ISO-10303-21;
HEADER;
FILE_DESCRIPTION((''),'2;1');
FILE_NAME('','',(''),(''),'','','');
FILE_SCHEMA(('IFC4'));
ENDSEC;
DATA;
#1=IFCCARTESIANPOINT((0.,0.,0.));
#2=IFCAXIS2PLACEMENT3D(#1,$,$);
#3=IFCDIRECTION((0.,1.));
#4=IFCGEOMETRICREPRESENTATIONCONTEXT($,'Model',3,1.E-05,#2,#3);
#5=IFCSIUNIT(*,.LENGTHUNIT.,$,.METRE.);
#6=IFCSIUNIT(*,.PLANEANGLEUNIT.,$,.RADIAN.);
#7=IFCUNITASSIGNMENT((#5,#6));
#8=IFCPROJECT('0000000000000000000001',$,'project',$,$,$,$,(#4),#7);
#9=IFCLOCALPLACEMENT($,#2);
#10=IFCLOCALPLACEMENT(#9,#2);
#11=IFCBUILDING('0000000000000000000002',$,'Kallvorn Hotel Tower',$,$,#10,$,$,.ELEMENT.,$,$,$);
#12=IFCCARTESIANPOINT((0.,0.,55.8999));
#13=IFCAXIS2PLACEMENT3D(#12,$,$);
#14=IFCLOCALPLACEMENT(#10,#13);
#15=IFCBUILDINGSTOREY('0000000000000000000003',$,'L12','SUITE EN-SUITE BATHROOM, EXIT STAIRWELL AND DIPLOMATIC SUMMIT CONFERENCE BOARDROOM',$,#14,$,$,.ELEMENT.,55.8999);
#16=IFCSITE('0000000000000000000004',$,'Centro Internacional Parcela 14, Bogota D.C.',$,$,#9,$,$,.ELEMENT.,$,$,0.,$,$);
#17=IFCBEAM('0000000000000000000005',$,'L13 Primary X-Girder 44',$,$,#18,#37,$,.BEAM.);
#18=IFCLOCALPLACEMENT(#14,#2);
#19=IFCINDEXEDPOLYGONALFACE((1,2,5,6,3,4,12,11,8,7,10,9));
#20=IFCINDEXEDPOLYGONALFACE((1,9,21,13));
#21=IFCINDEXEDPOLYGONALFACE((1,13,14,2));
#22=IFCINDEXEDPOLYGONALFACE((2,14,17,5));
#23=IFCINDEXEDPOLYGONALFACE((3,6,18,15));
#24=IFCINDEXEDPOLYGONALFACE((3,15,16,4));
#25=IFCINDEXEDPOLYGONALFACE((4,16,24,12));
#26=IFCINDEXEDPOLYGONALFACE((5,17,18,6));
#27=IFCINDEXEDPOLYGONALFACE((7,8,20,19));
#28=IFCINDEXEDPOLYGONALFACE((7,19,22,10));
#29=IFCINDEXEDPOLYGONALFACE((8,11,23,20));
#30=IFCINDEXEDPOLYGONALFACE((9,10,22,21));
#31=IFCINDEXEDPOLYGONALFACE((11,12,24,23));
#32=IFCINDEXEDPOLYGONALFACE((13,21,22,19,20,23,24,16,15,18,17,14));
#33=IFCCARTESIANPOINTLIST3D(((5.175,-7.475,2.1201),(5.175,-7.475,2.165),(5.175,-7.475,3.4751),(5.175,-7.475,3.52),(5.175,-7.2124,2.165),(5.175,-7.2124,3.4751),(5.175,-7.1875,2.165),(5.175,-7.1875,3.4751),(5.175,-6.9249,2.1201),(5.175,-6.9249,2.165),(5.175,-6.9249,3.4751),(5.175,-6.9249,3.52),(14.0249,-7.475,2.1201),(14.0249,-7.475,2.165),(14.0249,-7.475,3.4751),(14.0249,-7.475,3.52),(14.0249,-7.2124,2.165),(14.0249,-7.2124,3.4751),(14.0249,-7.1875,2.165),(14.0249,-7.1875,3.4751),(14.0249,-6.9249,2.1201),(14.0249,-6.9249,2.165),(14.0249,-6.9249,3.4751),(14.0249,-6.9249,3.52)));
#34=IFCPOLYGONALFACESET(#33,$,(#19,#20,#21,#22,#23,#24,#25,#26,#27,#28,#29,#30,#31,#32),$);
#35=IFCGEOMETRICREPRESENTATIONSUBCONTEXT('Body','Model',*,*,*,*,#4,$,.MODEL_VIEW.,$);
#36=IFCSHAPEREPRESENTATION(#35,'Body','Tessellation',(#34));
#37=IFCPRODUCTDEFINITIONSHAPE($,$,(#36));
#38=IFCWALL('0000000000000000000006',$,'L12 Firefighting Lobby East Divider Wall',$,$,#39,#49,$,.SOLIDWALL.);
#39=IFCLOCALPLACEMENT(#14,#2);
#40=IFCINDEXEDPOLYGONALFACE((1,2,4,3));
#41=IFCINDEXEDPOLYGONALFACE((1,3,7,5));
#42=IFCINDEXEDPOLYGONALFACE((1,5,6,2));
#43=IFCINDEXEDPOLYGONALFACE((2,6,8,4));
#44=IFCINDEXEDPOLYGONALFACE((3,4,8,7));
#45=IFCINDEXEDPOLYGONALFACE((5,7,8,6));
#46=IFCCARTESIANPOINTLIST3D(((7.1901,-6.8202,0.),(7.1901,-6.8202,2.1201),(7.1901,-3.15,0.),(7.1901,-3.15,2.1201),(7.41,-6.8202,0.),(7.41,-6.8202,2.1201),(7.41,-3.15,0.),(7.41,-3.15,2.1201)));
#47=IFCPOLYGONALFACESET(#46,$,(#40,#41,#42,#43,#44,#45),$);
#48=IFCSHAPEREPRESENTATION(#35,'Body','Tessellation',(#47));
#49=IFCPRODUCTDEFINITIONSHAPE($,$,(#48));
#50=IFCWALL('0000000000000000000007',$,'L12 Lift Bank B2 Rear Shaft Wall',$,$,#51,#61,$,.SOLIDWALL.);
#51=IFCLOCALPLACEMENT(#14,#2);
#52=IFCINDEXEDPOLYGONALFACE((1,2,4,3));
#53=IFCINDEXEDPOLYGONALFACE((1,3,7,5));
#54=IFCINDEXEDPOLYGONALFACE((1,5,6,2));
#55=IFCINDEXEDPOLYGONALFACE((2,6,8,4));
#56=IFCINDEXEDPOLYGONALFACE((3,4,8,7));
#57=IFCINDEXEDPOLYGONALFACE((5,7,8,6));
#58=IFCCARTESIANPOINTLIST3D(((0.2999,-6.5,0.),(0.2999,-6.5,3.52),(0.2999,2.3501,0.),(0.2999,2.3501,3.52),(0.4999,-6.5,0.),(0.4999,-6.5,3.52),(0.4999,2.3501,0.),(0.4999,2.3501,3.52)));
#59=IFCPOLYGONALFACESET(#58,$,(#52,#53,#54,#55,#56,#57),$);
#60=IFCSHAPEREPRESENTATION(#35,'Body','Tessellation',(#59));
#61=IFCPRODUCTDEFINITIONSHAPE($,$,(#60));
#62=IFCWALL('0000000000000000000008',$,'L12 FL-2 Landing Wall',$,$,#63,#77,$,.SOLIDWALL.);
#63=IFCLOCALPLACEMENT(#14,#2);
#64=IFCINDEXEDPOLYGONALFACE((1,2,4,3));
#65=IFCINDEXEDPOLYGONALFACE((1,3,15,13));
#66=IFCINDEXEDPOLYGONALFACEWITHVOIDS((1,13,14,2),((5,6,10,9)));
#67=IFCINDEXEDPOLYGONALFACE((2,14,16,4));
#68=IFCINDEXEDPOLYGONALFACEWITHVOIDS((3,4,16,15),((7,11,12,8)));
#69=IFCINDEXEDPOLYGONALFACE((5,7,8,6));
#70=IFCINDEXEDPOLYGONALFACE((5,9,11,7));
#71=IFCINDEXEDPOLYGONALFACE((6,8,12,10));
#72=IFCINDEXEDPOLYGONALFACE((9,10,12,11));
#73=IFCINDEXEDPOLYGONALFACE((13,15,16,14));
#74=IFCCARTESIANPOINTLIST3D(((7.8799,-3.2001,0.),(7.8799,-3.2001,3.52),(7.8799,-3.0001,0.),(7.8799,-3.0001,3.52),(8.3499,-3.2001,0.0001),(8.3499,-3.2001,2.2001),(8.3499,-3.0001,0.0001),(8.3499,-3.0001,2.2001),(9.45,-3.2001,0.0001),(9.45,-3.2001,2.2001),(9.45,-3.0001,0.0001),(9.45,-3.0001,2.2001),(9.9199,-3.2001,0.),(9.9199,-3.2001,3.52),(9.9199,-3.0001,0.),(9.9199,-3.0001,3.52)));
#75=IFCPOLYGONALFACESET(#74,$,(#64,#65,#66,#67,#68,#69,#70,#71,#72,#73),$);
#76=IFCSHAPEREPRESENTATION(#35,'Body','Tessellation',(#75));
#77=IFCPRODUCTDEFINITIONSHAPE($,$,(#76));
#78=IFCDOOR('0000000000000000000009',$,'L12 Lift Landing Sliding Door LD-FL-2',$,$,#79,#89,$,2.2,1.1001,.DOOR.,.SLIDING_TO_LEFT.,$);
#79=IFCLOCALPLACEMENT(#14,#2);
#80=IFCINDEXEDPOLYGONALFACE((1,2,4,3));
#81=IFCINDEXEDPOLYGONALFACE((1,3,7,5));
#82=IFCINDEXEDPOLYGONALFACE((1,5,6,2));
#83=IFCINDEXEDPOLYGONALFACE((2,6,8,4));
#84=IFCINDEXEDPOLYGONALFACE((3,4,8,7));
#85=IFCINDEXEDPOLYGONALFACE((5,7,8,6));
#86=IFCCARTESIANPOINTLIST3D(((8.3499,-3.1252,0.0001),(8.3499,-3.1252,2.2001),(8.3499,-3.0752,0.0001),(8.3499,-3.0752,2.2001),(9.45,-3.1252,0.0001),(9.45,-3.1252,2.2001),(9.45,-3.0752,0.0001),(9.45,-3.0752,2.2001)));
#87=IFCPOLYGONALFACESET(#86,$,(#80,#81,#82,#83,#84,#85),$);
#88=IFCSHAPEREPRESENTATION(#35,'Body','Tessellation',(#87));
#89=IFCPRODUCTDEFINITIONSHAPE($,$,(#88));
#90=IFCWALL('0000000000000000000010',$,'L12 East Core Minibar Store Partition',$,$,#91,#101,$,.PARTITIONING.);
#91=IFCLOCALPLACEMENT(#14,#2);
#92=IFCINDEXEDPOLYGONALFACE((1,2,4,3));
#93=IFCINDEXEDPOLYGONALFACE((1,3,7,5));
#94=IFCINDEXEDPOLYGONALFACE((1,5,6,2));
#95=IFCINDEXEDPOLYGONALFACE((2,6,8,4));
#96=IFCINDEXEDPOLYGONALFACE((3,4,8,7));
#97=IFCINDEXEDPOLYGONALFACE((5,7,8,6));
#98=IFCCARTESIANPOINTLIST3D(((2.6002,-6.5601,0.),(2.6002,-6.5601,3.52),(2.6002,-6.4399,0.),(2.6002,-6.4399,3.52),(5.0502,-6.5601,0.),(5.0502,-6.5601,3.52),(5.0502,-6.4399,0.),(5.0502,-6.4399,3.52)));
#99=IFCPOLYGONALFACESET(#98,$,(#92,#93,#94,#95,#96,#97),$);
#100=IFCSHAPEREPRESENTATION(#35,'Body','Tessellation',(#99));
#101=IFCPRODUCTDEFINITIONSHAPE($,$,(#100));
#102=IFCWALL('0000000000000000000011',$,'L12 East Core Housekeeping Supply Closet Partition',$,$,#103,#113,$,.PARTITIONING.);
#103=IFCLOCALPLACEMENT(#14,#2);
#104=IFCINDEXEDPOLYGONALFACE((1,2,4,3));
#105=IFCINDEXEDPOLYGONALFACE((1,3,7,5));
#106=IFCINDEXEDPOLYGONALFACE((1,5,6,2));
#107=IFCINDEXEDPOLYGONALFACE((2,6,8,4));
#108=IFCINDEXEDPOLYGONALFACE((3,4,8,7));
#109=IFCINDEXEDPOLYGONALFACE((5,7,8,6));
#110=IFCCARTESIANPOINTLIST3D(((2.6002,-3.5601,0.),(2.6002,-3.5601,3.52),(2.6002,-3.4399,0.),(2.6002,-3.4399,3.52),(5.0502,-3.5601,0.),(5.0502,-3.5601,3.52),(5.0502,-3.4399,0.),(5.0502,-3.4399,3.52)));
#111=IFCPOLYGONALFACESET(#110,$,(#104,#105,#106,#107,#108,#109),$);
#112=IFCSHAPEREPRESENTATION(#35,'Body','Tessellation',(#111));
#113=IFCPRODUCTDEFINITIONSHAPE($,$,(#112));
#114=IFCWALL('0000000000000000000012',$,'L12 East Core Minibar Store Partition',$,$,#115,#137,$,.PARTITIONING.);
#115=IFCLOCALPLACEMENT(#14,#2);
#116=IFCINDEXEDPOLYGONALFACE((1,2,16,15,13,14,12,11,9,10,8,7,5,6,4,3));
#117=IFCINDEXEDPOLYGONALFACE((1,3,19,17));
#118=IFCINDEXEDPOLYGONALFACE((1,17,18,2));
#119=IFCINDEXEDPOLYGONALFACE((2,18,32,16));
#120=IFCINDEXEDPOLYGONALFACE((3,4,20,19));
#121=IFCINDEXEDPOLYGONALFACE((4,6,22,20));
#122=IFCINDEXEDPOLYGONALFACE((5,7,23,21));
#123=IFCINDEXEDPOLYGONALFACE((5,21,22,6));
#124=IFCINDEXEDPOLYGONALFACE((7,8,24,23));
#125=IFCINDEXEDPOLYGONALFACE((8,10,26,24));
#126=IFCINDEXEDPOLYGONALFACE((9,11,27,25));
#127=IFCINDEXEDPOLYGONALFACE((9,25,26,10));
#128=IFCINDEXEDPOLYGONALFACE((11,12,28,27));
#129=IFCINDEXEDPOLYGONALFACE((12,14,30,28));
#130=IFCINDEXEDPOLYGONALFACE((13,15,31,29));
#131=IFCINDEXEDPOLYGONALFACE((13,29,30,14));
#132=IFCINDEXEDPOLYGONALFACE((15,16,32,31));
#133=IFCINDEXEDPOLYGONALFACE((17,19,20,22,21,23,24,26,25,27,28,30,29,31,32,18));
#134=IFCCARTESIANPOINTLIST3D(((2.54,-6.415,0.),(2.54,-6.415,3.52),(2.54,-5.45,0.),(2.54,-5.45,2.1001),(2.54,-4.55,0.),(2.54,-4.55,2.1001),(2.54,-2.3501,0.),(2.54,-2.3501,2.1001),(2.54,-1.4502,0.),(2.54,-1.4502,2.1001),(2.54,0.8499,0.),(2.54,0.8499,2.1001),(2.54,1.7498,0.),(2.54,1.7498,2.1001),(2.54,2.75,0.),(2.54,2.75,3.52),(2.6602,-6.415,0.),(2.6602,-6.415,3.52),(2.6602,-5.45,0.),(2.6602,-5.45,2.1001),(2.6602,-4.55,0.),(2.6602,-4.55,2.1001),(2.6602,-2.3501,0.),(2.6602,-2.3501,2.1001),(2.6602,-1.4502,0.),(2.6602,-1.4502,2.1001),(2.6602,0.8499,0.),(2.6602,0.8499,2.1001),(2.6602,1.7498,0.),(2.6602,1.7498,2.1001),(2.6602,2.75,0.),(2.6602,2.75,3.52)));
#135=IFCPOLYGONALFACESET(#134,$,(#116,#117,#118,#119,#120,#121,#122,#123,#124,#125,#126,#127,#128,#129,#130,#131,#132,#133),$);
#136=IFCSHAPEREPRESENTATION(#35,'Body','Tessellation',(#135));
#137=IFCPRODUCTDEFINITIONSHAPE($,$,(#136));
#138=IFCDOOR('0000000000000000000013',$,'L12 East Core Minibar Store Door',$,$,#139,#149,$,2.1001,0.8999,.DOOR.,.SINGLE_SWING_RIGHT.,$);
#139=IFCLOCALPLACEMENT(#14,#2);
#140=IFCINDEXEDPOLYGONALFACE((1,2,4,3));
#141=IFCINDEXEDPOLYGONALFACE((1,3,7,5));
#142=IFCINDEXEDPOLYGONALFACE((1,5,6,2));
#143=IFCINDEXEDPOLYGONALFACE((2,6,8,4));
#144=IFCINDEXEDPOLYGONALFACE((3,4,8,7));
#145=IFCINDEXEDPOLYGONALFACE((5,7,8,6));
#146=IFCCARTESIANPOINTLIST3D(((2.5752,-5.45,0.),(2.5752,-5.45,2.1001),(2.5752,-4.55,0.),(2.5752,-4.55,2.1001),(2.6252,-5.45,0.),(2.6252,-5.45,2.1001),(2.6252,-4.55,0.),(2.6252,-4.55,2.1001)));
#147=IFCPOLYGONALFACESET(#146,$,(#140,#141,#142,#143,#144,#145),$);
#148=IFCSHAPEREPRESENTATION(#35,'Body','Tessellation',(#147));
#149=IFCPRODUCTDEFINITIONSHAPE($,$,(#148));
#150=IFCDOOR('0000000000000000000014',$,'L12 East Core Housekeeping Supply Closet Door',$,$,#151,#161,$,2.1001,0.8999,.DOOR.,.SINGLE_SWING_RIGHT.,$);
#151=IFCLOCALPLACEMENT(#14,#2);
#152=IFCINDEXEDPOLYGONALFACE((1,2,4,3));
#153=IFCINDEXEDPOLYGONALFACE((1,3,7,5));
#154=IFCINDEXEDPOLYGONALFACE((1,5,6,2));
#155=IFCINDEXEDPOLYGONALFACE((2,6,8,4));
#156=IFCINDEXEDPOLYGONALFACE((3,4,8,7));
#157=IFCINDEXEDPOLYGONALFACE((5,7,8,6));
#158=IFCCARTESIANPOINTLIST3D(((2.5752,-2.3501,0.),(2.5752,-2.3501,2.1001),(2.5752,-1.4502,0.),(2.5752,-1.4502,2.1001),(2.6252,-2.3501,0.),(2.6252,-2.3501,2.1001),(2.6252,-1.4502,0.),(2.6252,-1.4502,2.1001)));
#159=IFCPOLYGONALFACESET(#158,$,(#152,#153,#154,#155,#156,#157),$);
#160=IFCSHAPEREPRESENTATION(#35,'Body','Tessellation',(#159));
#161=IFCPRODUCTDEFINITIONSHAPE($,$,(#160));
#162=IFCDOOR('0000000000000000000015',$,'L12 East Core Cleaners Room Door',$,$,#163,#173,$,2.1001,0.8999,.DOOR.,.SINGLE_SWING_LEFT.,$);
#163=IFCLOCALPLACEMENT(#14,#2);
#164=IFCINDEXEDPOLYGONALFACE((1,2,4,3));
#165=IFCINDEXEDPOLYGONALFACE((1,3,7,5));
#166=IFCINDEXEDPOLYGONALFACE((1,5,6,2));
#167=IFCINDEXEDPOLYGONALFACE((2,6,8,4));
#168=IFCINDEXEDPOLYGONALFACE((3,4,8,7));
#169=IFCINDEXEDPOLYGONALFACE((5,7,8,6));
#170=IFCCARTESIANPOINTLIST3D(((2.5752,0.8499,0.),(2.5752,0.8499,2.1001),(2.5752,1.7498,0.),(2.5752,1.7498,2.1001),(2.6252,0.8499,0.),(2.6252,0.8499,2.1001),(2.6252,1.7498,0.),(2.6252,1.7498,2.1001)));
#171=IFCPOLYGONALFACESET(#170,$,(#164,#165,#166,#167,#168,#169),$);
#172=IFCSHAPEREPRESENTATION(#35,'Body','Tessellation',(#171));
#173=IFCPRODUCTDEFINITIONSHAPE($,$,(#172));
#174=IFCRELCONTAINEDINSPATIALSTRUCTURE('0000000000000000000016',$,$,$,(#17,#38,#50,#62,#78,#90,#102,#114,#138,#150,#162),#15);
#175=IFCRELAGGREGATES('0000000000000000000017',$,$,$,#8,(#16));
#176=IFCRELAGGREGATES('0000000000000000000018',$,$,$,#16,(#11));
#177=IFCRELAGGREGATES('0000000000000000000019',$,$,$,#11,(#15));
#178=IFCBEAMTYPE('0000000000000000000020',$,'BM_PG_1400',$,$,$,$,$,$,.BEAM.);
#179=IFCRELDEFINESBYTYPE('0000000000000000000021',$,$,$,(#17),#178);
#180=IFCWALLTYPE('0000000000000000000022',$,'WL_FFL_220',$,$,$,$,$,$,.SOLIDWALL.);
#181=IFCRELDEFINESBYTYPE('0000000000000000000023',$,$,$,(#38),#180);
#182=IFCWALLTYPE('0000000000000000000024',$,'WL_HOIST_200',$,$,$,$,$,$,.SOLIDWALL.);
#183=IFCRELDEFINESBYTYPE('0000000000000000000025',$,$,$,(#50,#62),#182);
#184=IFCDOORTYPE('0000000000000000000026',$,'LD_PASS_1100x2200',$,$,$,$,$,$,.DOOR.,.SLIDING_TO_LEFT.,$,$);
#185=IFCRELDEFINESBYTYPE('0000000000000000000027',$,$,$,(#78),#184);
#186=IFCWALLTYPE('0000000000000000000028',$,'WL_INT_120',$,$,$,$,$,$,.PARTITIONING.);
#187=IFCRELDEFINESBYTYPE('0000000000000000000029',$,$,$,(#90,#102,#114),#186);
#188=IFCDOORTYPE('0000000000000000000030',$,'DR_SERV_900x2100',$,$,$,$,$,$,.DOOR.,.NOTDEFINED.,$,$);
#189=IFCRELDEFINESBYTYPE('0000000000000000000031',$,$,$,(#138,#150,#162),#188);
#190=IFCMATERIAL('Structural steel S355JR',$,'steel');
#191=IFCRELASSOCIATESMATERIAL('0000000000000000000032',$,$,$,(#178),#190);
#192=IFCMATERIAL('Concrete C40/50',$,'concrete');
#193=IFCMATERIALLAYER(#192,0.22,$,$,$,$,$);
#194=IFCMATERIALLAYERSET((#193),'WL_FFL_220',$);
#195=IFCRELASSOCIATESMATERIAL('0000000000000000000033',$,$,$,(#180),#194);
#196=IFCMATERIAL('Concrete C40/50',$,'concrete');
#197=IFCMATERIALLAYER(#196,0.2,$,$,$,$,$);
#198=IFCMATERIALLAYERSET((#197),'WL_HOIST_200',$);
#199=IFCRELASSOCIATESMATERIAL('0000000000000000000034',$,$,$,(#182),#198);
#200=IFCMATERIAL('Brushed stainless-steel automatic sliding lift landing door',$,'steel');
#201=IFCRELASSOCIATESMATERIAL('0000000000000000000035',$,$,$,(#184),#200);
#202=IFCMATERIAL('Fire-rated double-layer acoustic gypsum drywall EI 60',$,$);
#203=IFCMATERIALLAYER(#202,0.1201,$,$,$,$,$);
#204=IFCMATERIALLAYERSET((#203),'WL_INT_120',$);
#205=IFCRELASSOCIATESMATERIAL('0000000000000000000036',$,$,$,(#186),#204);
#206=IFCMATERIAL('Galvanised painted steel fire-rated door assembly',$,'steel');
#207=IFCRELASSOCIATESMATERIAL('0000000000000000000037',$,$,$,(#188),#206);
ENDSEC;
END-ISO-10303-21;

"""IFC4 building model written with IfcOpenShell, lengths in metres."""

from ifc_helpers import new_model, si_unit, direction, frame, frame_2d, origin, origin_2d, place, context, subcontext, project, spatial, rectangle, i_section, extrude, material, layer, layer_set, material_profile, profile_set, type_object, element, fill, save


model = new_model("IFC4")

# Units and contexts
model_context = context("Model", 3, precision=1e-05, world=origin(), true_north=direction((0.0, 1.0)))
body_context = subcontext(model_context, "Body", "Model", "MODEL_VIEW")
ifc_project = project(units=[si_unit("LENGTHUNIT", "METRE"), si_unit("PLANEANGLEUNIT", "RADIAN")], contexts=[model_context])

# Site, building, storey
site_placement = place(None, origin())
site = spatial("IfcSite", under=ifc_project, at=site_placement, Name="Centro Internacional Parcela 14, Bogota D.C.", CompositionType="ELEMENT", RefElevation=0.0)
building_placement = place(site_placement, origin())
building = spatial("IfcBuilding", under=site, at=building_placement, Name="Kallvorn Hotel Tower", CompositionType="ELEMENT")
storey_placement = place(building_placement, frame((0.0, 0.0, 55.8999)))
storey = spatial("IfcBuildingStorey", under=building, at=storey_placement, Name="L12", Description="SUITE EN-SUITE BATHROOM, EXIT STAIRWELL AND DIPLOMATIC SUMMIT CONFERENCE BOARDROOM", CompositionType="ELEMENT", Elevation=55.8999)

# Beam
ifc_material_1 = material(Name="Structural steel S355JR", Category="steel")
ifc_material_profile_1 = material_profile(ifc_material_1, i_section(OverallWidth=0.55, OverallDepth=1.3999, WebThickness=0.0249, FlangeThickness=0.0449, at=origin_2d()), Name="PG 1400x550x25x45")
ifc_profile_set_1 = profile_set([ifc_material_profile_1], Name="Structural steel S355JR")
beam_type_1 = type_object("IfcBeamType", Name="BM_PG_1400", PredefinedType="BEAM", material=ifc_profile_set_1)
beam_1_placement = place(storey_placement, frame((5.175, -7.2, 2.8201), z_axis=(1.0, 0.0, 0.0), x_axis=(0.0, 1.0, 0.0)))
element("IfcBeam", 1, at=beam_1_placement, inside=storey, type_object=beam_type_1, Name="L13 Primary X-Girder 44", PredefinedType="BEAM", context=body_context, shape_type="SweptSolid", body=[
    extrude(i_section(OverallWidth=0.55, OverallDepth=1.3999, WebThickness=0.0249, FlangeThickness=0.0449, at=origin_2d()), origin(), (0.0, 0.0, 1.0), 8.8499),
])

# Walls
ifc_material_2 = material(Name="Concrete C40/50", Category="concrete")
ifc_layer_1 = layer(ifc_material_2, 0.22)
ifc_layer_set_1 = layer_set([ifc_layer_1], Name="WL_FFL_220")
wall_type_1 = type_object("IfcWallType", Name="WL_FFL_220", PredefinedType="SOLIDWALL", material=ifc_layer_set_1)
wall_1_placement = place(storey_placement, frame((7.3, -6.8201, 0.0), z_axis=(0.0, 0.0, 1.0), x_axis=(0.0, 1.0, 0.0)))
element("IfcWall", 2, at=wall_1_placement, inside=storey, type_object=wall_type_1, Name="L12 Firefighting Lobby East Divider Wall", PredefinedType="SOLIDWALL", context=body_context, shape_type="SweptSolid", body=[
    extrude(rectangle(XDim=3.6702, YDim=0.22, at=frame_2d((1.835, 0.0))), origin(), (0.0, 0.0, 1.0), 2.1201),
])
ifc_material_3 = material(Name="Concrete C40/50", Category="concrete")
ifc_layer_2 = layer(ifc_material_3, 0.2)
ifc_layer_set_2 = layer_set([ifc_layer_2], Name="WL_HOIST_200")
wall_type_2 = type_object("IfcWallType", Name="WL_HOIST_200", PredefinedType="SOLIDWALL", material=ifc_layer_set_2)
wall_2_placement = place(storey_placement, frame((0.3999, -6.5, 0.0), z_axis=(0.0, 0.0, 1.0), x_axis=(0.0, 1.0, 0.0)))
element("IfcWall", 3, at=wall_2_placement, inside=storey, type_object=wall_type_2, Name="L12 Lift Bank B2 Rear Shaft Wall", PredefinedType="SOLIDWALL", context=body_context, shape_type="SweptSolid", body=[
    extrude(rectangle(XDim=8.8501, YDim=0.2, at=frame_2d((4.425, 0.0))), origin(), (0.0, 0.0, 1.0), 3.52),
])

# Wall, opening, door
wall_3_placement = place(storey_placement, frame((7.8799, -3.1001, 0.0), z_axis=(0.0, 0.0, 1.0), x_axis=(1.0, 0.0, 0.0)))
wall_3 = element("IfcWall", 4, at=wall_3_placement, inside=storey, type_object=wall_type_2, Name="L12 FL-2 Landing Wall", PredefinedType="SOLIDWALL", context=body_context, shape_type="SweptSolid", body=[
    extrude(rectangle(XDim=2.04, YDim=0.2, at=frame_2d((1.02, 0.0))), origin(), (0.0, 0.0, 1.0), 3.52),
])
opening_1_placement = place(wall_3_placement, frame((0.47, 0.0, 0.0)))
opening_1 = element("IfcOpeningElement", 5, at=opening_1_placement, cuts=wall_3, PredefinedType="OPENING", context=body_context, shape_type="SweptSolid", body=[
    extrude(rectangle(XDim=1.1001, YDim=2.2, at=frame_2d((0.55, 1.1001))), frame((0.0, 0.115, 0.0), z_axis=(0.0, -1.0, 0.0), x_axis=(1.0, 0.0, 0.0)), (0.0, 0.0, 1.0), 0.23),
])
ifc_material_4 = material(Name="Brushed stainless-steel automatic sliding lift landing door", Category="steel")
door_type_1 = type_object("IfcDoorType", Name="LD_PASS_1100x2200", OperationType="SLIDING_TO_LEFT", PredefinedType="DOOR", material=ifc_material_4)
door_1_placement = place(opening_1_placement, origin())
door_1 = element("IfcDoor", 6, at=door_1_placement, inside=storey, type_object=door_type_1, Name="L12 Lift Landing Sliding Door LD-FL-2", OperationType="SLIDING_TO_LEFT", OverallHeight=2.2, OverallWidth=1.1001, PredefinedType="DOOR", context=body_context, shape_type="SweptSolid", body=[
    extrude(rectangle(XDim=1.1001, YDim=2.2, at=frame_2d((0.55, 1.1001))), frame((0.0, 0.0249, 0.0), z_axis=(0.0, -1.0, 0.0), x_axis=(1.0, 0.0, 0.0)), (0.0, 0.0, 1.0), 0.05),
])
fill(opening_1, door_1)

# Walls
ifc_material_5 = material(Name="Fire-rated double-layer acoustic gypsum drywall EI 60")
ifc_layer_3 = layer(ifc_material_5, 0.1201)
ifc_layer_set_3 = layer_set([ifc_layer_3], Name="WL_INT_120")
wall_type_3 = type_object("IfcWallType", Name="WL_INT_120", PredefinedType="PARTITIONING", material=ifc_layer_set_3)
for number, where, z_axis, x_axis, name in (
    (7, (2.6001, -6.5, 0.0), (0.0, 0.0, 1.0), (1.0, 0.0, 0.0), "L12 East Core Minibar Store Partition"),
    (8, (2.6001, -3.5, 0.0), (0.0, 0.0, 1.0), (1.0, 0.0, 0.0), "L12 East Core Housekeeping Supply Closet Partition"),
):
    element("IfcWall", number, at=place(storey_placement, frame(where, z_axis=z_axis, x_axis=x_axis)), inside=storey, type_object=wall_type_3, Name=name, PredefinedType="PARTITIONING", context=body_context, shape_type="SweptSolid", body=[
        extrude(rectangle(XDim=2.45, YDim=0.1201, at=frame_2d((1.2251, 0.0))), origin(), (0.0, 0.0, 1.0), 3.52),
    ])

# Wall, openings, doors
wall_4_placement = place(storey_placement, frame((2.6001, -6.415, 0.0), z_axis=(0.0, 0.0, 1.0), x_axis=(0.0, 1.0, 0.0)))
wall_4 = element("IfcWall", 9, at=wall_4_placement, inside=storey, type_object=wall_type_3, Name="L12 East Core Minibar Store Partition", PredefinedType="PARTITIONING", context=body_context, shape_type="SweptSolid", body=[
    extrude(rectangle(XDim=9.165, YDim=0.1201, at=frame_2d((4.5825, 0.0))), origin(), (0.0, 0.0, 1.0), 3.52),
])
opening_2_placement = place(wall_4_placement, frame((0.9651, 0.0, 0.0)))
opening_2 = element("IfcOpeningElement", 10, at=opening_2_placement, cuts=wall_4, PredefinedType="OPENING", context=body_context, shape_type="SweptSolid", body=[
    extrude(rectangle(XDim=0.8999, YDim=2.1001, at=frame_2d((0.45, 1.05))), frame((0.0, 0.075, 0.0), z_axis=(0.0, -1.0, 0.0), x_axis=(1.0, 0.0, 0.0)), (0.0, 0.0, 1.0), 0.1501),
])
opening_3_placement = place(wall_4_placement, frame((4.0649, 0.0, 0.0)))
opening_3 = element("IfcOpeningElement", 11, at=opening_3_placement, cuts=wall_4, PredefinedType="OPENING", context=body_context, shape_type="SweptSolid", body=[
    extrude(rectangle(XDim=0.8999, YDim=2.1001, at=frame_2d((0.45, 1.05))), frame((0.0, 0.075, 0.0), z_axis=(0.0, -1.0, 0.0), x_axis=(1.0, 0.0, 0.0)), (0.0, 0.0, 1.0), 0.1501),
])
opening_4_placement = place(wall_4_placement, frame((7.2649, 0.0, 0.0)))
opening_4 = element("IfcOpeningElement", 12, at=opening_4_placement, cuts=wall_4, PredefinedType="OPENING", context=body_context, shape_type="SweptSolid", body=[
    extrude(rectangle(XDim=0.8999, YDim=2.1001, at=frame_2d((0.45, 1.05))), frame((0.0, 0.075, 0.0), z_axis=(0.0, -1.0, 0.0), x_axis=(1.0, 0.0, 0.0)), (0.0, 0.0, 1.0), 0.1501),
])
ifc_material_6 = material(Name="Galvanised painted steel fire-rated door assembly", Category="steel")
door_type_2 = type_object("IfcDoorType", Name="DR_SERV_900x2100", OperationType="NOTDEFINED", PredefinedType="DOOR", material=ifc_material_6)
door_2_placement = place(opening_2_placement, origin())
door_2 = element("IfcDoor", 13, at=door_2_placement, inside=storey, type_object=door_type_2, Name="L12 East Core Minibar Store Door", OperationType="SINGLE_SWING_RIGHT", OverallHeight=2.1001, OverallWidth=0.8999, PredefinedType="DOOR", context=body_context, shape_type="SweptSolid", body=[
    extrude(rectangle(XDim=0.8999, YDim=2.1001, at=frame_2d((0.45, 1.05))), frame((0.0, 0.0249, 0.0), z_axis=(0.0, -1.0, 0.0), x_axis=(1.0, 0.0, 0.0)), (0.0, 0.0, 1.0), 0.05),
])
fill(opening_2, door_2)
door_3_placement = place(opening_3_placement, origin())
door_3 = element("IfcDoor", 14, at=door_3_placement, inside=storey, type_object=door_type_2, Name="L12 East Core Housekeeping Supply Closet Door", OperationType="SINGLE_SWING_RIGHT", OverallHeight=2.1001, OverallWidth=0.8999, PredefinedType="DOOR", context=body_context, shape_type="SweptSolid", body=[
    extrude(rectangle(XDim=0.8999, YDim=2.1001, at=frame_2d((0.45, 1.05))), frame((0.0, 0.0249, 0.0), z_axis=(0.0, -1.0, 0.0), x_axis=(1.0, 0.0, 0.0)), (0.0, 0.0, 1.0), 0.05),
])
fill(opening_3, door_3)
door_4_placement = place(opening_4_placement, origin())
door_4 = element("IfcDoor", 15, at=door_4_placement, inside=storey, type_object=door_type_2, Name="L12 East Core Cleaners Room Door", OperationType="SINGLE_SWING_LEFT", OverallHeight=2.1001, OverallWidth=0.8999, PredefinedType="DOOR", context=body_context, shape_type="SweptSolid", body=[
    extrude(rectangle(XDim=0.8999, YDim=2.1001, at=frame_2d((0.45, 1.05))), frame((0.0, 0.0249, 0.0), z_axis=(0.0, -1.0, 0.0), x_axis=(1.0, 0.0, 0.0)), (0.0, 0.0, 1.0), 0.05),
])
fill(opening_4, door_4)

save(model, "model.ifc")
